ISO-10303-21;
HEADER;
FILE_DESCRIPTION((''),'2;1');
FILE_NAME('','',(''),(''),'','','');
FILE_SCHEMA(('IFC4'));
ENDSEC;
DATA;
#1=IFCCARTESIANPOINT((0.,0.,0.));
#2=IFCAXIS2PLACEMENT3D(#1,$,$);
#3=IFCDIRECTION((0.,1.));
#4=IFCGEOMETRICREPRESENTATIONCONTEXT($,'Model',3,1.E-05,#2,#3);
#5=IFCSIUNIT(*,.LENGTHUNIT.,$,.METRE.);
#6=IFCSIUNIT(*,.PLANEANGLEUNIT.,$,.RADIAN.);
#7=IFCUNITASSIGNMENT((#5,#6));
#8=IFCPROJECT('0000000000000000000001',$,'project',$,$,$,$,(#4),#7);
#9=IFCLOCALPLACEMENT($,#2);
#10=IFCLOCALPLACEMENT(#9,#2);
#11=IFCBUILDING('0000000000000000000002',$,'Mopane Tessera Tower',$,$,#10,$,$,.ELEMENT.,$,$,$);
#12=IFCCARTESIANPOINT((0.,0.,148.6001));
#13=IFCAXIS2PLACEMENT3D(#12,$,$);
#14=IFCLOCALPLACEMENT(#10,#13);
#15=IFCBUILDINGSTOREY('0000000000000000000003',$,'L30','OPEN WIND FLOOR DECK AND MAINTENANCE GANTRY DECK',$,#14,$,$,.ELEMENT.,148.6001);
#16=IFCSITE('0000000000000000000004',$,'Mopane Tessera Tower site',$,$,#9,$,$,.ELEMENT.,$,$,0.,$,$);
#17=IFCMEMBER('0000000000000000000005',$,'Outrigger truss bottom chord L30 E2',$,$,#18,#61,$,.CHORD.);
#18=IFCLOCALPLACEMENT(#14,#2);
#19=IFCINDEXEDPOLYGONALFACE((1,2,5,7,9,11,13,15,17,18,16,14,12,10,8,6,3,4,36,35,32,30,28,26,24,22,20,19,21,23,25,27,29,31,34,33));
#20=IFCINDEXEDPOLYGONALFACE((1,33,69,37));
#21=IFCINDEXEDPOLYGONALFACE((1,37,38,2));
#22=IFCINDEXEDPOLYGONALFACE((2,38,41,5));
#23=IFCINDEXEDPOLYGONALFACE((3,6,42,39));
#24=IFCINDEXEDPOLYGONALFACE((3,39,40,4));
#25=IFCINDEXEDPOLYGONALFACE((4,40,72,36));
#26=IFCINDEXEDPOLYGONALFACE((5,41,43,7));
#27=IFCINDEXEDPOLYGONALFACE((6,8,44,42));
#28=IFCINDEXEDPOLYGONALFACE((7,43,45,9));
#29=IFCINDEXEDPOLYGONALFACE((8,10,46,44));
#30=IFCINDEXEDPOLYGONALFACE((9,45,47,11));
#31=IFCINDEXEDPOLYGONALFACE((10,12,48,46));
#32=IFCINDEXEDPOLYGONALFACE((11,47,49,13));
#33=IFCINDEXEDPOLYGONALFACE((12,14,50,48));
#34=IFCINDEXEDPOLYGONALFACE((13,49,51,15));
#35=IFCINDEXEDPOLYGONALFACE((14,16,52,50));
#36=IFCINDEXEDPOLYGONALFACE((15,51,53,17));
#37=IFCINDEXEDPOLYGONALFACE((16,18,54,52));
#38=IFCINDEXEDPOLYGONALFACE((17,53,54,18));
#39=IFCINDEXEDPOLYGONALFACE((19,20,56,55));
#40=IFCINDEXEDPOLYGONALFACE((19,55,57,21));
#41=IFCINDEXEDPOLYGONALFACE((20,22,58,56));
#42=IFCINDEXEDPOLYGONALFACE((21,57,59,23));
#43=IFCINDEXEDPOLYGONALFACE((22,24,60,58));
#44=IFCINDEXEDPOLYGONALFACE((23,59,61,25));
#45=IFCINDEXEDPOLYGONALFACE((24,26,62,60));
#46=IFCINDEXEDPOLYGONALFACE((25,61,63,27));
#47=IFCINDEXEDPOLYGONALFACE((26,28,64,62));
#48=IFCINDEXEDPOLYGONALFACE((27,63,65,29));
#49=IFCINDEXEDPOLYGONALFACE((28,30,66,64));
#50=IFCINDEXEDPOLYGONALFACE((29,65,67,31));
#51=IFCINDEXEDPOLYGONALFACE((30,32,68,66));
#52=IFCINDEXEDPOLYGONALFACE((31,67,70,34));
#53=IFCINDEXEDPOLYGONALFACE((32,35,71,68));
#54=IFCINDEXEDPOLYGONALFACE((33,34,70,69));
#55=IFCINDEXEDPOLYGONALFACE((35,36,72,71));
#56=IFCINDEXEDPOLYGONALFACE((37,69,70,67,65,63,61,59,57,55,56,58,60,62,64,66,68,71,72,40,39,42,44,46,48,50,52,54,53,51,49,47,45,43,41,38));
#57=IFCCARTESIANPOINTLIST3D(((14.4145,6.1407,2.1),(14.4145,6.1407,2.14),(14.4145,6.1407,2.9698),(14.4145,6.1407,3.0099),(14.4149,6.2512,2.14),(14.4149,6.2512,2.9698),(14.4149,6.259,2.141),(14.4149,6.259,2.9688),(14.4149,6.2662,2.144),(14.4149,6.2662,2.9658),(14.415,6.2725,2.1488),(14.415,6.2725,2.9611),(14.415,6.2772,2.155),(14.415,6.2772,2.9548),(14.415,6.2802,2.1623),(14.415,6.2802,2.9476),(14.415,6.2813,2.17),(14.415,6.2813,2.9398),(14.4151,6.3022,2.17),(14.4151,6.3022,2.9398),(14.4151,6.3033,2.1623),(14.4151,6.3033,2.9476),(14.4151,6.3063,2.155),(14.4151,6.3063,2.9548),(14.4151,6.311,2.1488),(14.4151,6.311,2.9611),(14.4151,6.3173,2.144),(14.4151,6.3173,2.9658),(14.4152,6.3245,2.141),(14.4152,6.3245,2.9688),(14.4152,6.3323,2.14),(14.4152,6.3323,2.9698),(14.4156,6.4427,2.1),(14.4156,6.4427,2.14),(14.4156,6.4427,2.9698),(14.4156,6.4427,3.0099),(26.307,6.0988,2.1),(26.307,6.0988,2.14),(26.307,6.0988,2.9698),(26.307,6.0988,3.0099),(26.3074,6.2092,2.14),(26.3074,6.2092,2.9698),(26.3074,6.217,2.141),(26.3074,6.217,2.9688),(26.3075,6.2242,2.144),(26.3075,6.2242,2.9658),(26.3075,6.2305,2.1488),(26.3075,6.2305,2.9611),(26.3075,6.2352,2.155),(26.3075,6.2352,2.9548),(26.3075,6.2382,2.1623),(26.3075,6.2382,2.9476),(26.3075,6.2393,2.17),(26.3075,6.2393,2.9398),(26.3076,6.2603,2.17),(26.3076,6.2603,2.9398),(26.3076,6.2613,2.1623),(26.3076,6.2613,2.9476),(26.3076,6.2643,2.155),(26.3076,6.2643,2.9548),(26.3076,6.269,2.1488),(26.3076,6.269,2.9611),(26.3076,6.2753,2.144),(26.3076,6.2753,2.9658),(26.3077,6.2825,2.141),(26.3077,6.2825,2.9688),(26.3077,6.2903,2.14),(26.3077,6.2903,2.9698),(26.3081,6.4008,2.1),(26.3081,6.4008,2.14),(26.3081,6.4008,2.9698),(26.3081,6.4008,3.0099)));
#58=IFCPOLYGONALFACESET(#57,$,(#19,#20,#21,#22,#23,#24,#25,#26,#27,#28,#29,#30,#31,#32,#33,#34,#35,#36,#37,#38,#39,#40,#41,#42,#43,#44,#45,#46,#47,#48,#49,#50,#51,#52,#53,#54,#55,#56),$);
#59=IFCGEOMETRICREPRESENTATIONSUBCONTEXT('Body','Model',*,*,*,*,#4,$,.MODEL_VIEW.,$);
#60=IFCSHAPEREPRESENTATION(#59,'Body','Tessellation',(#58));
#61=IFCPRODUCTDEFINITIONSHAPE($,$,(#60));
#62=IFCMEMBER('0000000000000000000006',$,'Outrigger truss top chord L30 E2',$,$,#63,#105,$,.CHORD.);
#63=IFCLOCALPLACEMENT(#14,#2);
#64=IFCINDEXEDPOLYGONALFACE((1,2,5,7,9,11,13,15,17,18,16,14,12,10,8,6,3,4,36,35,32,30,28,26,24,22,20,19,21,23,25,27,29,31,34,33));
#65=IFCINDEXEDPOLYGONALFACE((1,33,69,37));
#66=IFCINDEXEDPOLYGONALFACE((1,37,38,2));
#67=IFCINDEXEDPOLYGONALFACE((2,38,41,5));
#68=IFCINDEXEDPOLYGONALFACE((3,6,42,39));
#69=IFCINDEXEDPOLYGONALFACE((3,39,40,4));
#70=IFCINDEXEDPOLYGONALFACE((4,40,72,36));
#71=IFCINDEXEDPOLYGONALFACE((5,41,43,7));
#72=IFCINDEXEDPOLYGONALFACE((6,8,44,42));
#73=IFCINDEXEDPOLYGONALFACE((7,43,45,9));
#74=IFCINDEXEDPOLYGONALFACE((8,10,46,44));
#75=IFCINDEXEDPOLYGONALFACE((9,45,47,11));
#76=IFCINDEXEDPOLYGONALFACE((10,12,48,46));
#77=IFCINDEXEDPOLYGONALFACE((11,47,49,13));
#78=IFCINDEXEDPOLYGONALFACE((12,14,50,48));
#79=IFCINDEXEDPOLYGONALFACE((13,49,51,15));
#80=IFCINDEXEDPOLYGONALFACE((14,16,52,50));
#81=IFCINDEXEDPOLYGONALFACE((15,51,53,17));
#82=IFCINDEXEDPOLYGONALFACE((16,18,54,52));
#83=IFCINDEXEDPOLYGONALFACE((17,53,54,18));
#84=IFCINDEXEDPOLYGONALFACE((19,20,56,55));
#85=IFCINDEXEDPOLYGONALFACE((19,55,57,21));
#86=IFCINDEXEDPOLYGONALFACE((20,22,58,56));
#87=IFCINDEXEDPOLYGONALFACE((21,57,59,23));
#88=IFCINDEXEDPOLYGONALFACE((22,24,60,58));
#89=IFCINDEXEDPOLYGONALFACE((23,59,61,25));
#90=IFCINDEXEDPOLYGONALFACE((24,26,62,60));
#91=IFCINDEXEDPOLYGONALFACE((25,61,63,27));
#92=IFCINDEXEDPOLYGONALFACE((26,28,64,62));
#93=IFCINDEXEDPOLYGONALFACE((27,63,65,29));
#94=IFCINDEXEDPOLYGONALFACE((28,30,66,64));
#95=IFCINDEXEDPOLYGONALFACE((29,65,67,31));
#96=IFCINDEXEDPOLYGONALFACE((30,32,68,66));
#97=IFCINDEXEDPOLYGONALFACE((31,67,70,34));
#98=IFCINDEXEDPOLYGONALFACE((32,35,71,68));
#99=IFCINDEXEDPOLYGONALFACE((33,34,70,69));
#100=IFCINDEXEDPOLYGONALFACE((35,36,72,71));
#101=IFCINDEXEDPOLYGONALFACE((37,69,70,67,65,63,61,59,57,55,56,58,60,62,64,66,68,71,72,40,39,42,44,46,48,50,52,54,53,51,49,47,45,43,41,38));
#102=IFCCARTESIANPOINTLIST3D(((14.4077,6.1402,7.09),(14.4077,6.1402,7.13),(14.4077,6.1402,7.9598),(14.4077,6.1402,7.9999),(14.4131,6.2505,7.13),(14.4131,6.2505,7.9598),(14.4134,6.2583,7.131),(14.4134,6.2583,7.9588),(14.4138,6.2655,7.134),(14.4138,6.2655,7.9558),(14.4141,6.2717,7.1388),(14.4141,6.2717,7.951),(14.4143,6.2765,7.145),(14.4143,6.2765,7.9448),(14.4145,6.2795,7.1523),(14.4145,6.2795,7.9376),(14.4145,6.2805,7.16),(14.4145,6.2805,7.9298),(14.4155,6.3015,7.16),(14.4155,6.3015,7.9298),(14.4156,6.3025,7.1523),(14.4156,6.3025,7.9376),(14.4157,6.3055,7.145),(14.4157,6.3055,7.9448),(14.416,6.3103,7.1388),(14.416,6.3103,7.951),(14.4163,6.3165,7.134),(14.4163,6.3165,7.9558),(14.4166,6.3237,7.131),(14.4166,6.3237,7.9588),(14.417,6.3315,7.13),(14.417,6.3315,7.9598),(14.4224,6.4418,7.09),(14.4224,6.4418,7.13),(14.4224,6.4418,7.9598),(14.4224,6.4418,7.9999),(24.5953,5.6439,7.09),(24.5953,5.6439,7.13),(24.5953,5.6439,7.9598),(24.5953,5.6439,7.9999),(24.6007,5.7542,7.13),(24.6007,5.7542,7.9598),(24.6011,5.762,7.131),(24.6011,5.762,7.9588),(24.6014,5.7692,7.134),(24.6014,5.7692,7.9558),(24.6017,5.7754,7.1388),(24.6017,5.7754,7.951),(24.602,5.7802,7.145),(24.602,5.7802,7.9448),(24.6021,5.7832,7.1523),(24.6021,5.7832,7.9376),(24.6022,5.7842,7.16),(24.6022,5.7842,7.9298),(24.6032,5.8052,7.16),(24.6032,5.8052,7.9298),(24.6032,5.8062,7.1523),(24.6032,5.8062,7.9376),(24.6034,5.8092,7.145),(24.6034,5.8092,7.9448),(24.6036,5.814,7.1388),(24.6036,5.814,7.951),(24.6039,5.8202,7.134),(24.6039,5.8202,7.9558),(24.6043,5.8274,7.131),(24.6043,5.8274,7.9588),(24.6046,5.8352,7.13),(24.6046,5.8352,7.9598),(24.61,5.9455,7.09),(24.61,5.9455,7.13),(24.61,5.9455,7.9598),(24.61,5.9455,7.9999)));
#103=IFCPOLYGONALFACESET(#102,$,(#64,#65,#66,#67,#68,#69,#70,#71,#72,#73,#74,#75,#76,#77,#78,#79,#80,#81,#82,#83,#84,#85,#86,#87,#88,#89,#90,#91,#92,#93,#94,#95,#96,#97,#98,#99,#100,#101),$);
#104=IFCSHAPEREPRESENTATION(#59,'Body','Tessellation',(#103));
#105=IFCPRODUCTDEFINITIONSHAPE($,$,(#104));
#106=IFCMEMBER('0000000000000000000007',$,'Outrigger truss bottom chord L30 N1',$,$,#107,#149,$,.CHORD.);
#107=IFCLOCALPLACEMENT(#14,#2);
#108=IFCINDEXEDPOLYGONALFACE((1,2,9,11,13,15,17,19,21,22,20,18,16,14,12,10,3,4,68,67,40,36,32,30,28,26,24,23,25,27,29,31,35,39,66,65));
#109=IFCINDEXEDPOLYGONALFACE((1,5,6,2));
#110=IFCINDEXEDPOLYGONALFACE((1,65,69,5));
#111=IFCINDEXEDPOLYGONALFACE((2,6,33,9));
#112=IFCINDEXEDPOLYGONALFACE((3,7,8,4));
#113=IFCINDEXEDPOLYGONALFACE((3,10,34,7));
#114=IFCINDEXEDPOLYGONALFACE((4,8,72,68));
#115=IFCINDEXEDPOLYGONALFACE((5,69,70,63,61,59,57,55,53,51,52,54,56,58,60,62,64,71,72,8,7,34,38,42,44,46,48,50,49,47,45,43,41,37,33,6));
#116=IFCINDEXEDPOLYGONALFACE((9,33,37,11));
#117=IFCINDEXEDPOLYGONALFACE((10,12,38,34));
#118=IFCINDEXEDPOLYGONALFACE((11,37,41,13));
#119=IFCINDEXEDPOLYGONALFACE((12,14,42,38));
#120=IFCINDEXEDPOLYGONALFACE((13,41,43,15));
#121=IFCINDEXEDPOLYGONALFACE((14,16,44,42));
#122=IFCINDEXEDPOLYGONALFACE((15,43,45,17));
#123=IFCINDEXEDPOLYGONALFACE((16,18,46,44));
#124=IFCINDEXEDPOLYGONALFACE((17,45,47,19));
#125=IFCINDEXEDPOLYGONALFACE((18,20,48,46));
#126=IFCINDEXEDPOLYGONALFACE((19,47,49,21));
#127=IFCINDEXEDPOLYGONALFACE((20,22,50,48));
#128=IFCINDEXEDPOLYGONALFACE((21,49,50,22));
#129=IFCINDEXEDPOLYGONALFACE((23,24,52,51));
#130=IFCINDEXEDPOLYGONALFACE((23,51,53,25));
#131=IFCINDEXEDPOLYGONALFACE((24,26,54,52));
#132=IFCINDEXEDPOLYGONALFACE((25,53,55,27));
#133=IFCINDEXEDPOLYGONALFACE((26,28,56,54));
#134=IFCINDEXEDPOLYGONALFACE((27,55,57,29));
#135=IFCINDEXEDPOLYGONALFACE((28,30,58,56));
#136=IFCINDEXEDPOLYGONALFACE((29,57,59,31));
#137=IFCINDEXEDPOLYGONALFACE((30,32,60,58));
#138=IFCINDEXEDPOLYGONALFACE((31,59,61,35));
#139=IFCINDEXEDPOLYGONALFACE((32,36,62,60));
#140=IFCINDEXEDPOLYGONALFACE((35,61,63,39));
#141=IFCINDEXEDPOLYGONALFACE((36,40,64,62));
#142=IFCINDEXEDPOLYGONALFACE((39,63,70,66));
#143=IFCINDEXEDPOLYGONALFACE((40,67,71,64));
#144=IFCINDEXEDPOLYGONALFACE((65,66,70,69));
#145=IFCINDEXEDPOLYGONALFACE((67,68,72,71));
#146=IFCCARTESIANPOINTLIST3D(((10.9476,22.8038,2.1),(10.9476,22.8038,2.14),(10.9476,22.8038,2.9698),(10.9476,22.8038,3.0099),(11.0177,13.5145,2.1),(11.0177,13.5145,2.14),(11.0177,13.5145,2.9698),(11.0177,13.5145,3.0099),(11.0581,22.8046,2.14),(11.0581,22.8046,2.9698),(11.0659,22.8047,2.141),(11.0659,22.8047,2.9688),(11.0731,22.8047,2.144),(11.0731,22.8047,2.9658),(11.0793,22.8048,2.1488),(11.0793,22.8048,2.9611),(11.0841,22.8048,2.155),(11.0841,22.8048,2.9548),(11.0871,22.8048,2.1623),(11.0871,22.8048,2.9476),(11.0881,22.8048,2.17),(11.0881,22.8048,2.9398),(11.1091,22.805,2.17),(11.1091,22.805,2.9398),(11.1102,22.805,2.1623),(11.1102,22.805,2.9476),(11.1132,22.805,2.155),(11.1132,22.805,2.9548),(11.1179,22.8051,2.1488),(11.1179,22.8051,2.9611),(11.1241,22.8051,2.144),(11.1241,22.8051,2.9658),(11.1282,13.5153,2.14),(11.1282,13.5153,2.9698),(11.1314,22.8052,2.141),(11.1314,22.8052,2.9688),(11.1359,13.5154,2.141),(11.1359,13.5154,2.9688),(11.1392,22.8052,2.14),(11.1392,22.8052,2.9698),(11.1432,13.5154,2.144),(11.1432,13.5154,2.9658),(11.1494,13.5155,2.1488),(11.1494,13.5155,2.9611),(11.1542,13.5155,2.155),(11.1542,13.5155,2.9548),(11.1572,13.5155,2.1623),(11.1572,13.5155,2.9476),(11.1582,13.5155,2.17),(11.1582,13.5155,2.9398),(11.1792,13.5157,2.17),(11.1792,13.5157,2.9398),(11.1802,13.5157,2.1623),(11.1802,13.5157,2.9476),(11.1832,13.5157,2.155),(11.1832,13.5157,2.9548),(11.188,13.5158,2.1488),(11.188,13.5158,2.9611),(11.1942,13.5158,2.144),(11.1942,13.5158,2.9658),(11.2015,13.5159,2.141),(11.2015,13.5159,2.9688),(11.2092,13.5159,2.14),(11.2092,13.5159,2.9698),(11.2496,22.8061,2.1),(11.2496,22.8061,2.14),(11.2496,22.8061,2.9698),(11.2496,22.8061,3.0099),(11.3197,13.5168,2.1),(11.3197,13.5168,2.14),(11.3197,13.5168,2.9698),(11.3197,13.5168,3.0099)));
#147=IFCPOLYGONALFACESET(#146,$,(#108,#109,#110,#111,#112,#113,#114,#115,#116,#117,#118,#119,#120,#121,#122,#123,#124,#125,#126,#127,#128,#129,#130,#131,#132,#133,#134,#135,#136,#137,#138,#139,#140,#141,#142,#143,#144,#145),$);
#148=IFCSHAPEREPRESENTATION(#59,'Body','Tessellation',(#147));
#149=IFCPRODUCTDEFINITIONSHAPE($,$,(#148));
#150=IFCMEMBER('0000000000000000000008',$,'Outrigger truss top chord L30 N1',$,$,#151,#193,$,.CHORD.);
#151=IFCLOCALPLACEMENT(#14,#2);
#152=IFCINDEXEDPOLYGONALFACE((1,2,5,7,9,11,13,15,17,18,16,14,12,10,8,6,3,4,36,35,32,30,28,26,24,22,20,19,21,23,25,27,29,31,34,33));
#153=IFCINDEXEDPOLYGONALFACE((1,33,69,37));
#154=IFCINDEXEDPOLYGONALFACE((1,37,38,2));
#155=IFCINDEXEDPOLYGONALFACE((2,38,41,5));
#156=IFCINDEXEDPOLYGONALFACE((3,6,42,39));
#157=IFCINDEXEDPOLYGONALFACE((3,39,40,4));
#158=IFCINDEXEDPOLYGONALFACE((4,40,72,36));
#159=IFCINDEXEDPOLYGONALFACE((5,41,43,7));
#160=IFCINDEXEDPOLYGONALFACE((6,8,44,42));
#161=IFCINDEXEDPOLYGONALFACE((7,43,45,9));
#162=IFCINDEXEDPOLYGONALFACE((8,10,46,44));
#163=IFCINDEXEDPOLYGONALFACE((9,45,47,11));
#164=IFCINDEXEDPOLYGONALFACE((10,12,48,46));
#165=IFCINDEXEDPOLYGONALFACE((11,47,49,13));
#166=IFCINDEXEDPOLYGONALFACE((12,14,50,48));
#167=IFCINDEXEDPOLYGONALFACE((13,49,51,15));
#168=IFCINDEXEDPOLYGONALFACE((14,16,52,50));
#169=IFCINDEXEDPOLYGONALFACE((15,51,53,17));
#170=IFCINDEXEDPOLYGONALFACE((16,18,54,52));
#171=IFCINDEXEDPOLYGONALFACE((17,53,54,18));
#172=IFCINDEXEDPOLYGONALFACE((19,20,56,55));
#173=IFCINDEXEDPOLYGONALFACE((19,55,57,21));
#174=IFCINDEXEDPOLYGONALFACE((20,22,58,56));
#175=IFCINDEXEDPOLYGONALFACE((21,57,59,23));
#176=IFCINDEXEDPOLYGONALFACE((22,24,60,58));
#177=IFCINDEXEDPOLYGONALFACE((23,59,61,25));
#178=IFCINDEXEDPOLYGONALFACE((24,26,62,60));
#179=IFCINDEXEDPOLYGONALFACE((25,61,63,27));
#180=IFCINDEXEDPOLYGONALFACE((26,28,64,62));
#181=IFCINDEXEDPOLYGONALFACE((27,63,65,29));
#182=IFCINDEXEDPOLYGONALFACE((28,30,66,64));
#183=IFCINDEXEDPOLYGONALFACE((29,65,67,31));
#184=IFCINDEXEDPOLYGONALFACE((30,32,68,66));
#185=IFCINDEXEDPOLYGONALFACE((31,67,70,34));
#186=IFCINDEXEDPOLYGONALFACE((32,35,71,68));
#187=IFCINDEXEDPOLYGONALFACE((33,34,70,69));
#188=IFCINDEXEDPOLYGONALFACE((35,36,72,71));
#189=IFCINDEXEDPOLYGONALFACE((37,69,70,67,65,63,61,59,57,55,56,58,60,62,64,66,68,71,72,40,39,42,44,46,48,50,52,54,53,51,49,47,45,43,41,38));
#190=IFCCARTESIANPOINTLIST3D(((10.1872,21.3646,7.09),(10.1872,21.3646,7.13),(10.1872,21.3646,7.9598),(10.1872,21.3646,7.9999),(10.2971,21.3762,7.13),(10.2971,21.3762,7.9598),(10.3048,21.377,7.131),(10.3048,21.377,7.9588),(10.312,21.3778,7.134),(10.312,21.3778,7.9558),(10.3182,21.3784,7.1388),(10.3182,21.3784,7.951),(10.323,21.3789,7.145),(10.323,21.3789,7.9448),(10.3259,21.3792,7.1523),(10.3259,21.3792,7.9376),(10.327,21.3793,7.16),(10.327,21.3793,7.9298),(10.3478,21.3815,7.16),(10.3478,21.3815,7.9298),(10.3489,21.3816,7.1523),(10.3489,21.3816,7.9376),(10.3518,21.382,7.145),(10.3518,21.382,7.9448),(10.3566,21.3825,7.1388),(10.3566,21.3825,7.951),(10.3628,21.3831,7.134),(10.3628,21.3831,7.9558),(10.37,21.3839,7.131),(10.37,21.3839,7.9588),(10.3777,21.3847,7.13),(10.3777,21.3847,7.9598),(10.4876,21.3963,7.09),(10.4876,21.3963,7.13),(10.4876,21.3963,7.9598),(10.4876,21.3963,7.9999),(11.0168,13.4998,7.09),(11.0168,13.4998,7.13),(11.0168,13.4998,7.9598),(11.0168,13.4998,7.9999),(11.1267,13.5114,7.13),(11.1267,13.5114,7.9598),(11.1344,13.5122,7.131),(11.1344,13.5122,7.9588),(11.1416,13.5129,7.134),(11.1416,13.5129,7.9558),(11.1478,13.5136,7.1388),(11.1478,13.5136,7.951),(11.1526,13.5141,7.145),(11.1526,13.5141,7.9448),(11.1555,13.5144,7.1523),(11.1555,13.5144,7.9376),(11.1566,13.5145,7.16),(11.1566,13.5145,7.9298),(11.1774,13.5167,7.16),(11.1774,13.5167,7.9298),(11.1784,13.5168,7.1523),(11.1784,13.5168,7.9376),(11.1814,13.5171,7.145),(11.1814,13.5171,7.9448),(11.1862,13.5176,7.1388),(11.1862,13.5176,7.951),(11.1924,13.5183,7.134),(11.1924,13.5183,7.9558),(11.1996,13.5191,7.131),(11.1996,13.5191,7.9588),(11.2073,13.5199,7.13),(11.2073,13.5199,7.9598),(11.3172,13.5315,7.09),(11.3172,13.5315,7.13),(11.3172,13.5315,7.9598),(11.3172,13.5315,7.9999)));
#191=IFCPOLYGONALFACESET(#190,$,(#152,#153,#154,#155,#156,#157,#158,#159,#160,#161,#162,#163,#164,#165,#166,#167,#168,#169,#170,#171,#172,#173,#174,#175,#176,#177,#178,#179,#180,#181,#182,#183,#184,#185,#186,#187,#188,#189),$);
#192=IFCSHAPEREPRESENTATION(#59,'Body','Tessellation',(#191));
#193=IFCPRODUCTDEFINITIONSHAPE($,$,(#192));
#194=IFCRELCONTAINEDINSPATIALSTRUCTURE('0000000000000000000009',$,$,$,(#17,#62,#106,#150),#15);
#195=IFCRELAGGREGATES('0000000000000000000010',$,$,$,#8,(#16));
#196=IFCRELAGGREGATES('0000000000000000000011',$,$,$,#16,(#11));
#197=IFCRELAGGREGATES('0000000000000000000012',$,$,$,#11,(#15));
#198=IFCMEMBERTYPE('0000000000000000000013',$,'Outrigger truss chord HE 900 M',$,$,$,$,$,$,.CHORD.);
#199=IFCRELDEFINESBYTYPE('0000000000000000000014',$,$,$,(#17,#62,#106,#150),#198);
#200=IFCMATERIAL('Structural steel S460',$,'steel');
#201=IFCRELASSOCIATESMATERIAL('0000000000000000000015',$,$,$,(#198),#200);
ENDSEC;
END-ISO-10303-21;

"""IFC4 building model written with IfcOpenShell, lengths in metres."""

from ifc_helpers import new_model, si_unit, direction, frame, origin, origin_2d, place, context, subcontext, project, spatial, i_section, extrude, material, material_profile, profile_set, type_object, element, save


model = new_model("IFC4")

# Units and contexts
model_context = context("Model", 3, precision=1e-05, world=origin(), true_north=direction((0.0, 1.0)))
body_context = subcontext(model_context, "Body", "Model", "MODEL_VIEW")
ifc_project = project(units=[si_unit("LENGTHUNIT", "METRE"), si_unit("PLANEANGLEUNIT", "RADIAN")], contexts=[model_context])

# Site, building, storey
site_placement = place(None, origin())
site = spatial("IfcSite", under=ifc_project, at=site_placement, Name="Mopane Tessera Tower site", CompositionType="ELEMENT", RefElevation=0.0)
building_placement = place(site_placement, origin())
building = spatial("IfcBuilding", under=site, at=building_placement, Name="Mopane Tessera Tower", CompositionType="ELEMENT")
storey_placement = place(building_placement, frame((0.0, 0.0, 148.6001)))
storey = spatial("IfcBuildingStorey", under=building, at=storey_placement, Name="L30", Description="OPEN WIND FLOOR DECK AND MAINTENANCE GANTRY DECK", CompositionType="ELEMENT", Elevation=148.6001)

# Members
ifc_material_1 = material(Name="Structural steel S460", Category="steel")
ifc_material_profile = material_profile(ifc_material_1, i_section(OverallWidth=0.302, OverallDepth=0.9099, WebThickness=0.021, FlangeThickness=0.04, FilletRadius=0.03, at=origin_2d()))
ifc_profile_set = profile_set([ifc_material_profile], Name="Structural steel S460")
member_type = type_object("IfcMemberType", Name="Outrigger truss chord HE 900 M", PredefinedType="CHORD", material=ifc_profile_set)
member_1_placement = place(storey_placement, frame((14.415, 6.2917, 2.5549), z_axis=(0.999994, -0.003531, 0.0), x_axis=(0.003531, 0.999994, 0.0)))
element("IfcMember", 1, at=member_1_placement, inside=storey, type_object=member_type, Name="Outrigger truss bottom chord L30 E2", PredefinedType="CHORD", context=body_context, shape_type="SweptSolid", body=[
    extrude(i_section(OverallWidth=0.302, OverallDepth=0.9099, WebThickness=0.021, FlangeThickness=0.04, FilletRadius=0.03, at=origin_2d()), origin(), (0.0, 0.0, 1.0), 11.8926),
])
member_2_placement = place(storey_placement, frame((14.415, 6.291, 7.5449), z_axis=(0.998815, -0.048661, 0.0), x_axis=(0.048661, 0.998815, 0.0)))
element("IfcMember", 2, at=member_2_placement, inside=storey, type_object=member_type, Name="Outrigger truss top chord L30 E2", PredefinedType="CHORD", context=body_context, shape_type="SweptSolid", body=[
    extrude(i_section(OverallWidth=0.302, OverallDepth=0.9099, WebThickness=0.021, FlangeThickness=0.04, FilletRadius=0.03, at=origin_2d()), origin(), (0.0, 0.0, 1.0), 10.1997),
])
member_3_placement = place(storey_placement, frame((11.1687, 13.5156, 2.5549), z_axis=(-0.007543, 0.999972, 0.0), x_axis=(-0.999972, -0.007543, 0.0)))
element("IfcMember", 3, at=member_3_placement, inside=storey, type_object=member_type, Name="Outrigger truss bottom chord L30 N1", PredefinedType="CHORD", context=body_context, shape_type="SweptSolid", body=[
    extrude(i_section(OverallWidth=0.302, OverallDepth=0.9099, WebThickness=0.021, FlangeThickness=0.04, FilletRadius=0.03, at=origin_2d()), origin(), (0.0, 0.0, 1.0), 9.2896),
])
member_4_placement = place(storey_placement, frame((11.167, 13.5156, 7.5449), z_axis=(-0.1049, 0.994483, 0.0), x_axis=(-0.994483, -0.1049, 0.0)))
element("IfcMember", 4, at=member_4_placement, inside=storey, type_object=member_type, Name="Outrigger truss top chord L30 N1", PredefinedType="CHORD", context=body_context, shape_type="SweptSolid", body=[
    extrude(i_section(OverallWidth=0.302, OverallDepth=0.9099, WebThickness=0.021, FlangeThickness=0.04, FilletRadius=0.03, at=origin_2d()), origin(), (0.0, 0.0, 1.0), 7.9084),
])

save(model, "model.ifc")
